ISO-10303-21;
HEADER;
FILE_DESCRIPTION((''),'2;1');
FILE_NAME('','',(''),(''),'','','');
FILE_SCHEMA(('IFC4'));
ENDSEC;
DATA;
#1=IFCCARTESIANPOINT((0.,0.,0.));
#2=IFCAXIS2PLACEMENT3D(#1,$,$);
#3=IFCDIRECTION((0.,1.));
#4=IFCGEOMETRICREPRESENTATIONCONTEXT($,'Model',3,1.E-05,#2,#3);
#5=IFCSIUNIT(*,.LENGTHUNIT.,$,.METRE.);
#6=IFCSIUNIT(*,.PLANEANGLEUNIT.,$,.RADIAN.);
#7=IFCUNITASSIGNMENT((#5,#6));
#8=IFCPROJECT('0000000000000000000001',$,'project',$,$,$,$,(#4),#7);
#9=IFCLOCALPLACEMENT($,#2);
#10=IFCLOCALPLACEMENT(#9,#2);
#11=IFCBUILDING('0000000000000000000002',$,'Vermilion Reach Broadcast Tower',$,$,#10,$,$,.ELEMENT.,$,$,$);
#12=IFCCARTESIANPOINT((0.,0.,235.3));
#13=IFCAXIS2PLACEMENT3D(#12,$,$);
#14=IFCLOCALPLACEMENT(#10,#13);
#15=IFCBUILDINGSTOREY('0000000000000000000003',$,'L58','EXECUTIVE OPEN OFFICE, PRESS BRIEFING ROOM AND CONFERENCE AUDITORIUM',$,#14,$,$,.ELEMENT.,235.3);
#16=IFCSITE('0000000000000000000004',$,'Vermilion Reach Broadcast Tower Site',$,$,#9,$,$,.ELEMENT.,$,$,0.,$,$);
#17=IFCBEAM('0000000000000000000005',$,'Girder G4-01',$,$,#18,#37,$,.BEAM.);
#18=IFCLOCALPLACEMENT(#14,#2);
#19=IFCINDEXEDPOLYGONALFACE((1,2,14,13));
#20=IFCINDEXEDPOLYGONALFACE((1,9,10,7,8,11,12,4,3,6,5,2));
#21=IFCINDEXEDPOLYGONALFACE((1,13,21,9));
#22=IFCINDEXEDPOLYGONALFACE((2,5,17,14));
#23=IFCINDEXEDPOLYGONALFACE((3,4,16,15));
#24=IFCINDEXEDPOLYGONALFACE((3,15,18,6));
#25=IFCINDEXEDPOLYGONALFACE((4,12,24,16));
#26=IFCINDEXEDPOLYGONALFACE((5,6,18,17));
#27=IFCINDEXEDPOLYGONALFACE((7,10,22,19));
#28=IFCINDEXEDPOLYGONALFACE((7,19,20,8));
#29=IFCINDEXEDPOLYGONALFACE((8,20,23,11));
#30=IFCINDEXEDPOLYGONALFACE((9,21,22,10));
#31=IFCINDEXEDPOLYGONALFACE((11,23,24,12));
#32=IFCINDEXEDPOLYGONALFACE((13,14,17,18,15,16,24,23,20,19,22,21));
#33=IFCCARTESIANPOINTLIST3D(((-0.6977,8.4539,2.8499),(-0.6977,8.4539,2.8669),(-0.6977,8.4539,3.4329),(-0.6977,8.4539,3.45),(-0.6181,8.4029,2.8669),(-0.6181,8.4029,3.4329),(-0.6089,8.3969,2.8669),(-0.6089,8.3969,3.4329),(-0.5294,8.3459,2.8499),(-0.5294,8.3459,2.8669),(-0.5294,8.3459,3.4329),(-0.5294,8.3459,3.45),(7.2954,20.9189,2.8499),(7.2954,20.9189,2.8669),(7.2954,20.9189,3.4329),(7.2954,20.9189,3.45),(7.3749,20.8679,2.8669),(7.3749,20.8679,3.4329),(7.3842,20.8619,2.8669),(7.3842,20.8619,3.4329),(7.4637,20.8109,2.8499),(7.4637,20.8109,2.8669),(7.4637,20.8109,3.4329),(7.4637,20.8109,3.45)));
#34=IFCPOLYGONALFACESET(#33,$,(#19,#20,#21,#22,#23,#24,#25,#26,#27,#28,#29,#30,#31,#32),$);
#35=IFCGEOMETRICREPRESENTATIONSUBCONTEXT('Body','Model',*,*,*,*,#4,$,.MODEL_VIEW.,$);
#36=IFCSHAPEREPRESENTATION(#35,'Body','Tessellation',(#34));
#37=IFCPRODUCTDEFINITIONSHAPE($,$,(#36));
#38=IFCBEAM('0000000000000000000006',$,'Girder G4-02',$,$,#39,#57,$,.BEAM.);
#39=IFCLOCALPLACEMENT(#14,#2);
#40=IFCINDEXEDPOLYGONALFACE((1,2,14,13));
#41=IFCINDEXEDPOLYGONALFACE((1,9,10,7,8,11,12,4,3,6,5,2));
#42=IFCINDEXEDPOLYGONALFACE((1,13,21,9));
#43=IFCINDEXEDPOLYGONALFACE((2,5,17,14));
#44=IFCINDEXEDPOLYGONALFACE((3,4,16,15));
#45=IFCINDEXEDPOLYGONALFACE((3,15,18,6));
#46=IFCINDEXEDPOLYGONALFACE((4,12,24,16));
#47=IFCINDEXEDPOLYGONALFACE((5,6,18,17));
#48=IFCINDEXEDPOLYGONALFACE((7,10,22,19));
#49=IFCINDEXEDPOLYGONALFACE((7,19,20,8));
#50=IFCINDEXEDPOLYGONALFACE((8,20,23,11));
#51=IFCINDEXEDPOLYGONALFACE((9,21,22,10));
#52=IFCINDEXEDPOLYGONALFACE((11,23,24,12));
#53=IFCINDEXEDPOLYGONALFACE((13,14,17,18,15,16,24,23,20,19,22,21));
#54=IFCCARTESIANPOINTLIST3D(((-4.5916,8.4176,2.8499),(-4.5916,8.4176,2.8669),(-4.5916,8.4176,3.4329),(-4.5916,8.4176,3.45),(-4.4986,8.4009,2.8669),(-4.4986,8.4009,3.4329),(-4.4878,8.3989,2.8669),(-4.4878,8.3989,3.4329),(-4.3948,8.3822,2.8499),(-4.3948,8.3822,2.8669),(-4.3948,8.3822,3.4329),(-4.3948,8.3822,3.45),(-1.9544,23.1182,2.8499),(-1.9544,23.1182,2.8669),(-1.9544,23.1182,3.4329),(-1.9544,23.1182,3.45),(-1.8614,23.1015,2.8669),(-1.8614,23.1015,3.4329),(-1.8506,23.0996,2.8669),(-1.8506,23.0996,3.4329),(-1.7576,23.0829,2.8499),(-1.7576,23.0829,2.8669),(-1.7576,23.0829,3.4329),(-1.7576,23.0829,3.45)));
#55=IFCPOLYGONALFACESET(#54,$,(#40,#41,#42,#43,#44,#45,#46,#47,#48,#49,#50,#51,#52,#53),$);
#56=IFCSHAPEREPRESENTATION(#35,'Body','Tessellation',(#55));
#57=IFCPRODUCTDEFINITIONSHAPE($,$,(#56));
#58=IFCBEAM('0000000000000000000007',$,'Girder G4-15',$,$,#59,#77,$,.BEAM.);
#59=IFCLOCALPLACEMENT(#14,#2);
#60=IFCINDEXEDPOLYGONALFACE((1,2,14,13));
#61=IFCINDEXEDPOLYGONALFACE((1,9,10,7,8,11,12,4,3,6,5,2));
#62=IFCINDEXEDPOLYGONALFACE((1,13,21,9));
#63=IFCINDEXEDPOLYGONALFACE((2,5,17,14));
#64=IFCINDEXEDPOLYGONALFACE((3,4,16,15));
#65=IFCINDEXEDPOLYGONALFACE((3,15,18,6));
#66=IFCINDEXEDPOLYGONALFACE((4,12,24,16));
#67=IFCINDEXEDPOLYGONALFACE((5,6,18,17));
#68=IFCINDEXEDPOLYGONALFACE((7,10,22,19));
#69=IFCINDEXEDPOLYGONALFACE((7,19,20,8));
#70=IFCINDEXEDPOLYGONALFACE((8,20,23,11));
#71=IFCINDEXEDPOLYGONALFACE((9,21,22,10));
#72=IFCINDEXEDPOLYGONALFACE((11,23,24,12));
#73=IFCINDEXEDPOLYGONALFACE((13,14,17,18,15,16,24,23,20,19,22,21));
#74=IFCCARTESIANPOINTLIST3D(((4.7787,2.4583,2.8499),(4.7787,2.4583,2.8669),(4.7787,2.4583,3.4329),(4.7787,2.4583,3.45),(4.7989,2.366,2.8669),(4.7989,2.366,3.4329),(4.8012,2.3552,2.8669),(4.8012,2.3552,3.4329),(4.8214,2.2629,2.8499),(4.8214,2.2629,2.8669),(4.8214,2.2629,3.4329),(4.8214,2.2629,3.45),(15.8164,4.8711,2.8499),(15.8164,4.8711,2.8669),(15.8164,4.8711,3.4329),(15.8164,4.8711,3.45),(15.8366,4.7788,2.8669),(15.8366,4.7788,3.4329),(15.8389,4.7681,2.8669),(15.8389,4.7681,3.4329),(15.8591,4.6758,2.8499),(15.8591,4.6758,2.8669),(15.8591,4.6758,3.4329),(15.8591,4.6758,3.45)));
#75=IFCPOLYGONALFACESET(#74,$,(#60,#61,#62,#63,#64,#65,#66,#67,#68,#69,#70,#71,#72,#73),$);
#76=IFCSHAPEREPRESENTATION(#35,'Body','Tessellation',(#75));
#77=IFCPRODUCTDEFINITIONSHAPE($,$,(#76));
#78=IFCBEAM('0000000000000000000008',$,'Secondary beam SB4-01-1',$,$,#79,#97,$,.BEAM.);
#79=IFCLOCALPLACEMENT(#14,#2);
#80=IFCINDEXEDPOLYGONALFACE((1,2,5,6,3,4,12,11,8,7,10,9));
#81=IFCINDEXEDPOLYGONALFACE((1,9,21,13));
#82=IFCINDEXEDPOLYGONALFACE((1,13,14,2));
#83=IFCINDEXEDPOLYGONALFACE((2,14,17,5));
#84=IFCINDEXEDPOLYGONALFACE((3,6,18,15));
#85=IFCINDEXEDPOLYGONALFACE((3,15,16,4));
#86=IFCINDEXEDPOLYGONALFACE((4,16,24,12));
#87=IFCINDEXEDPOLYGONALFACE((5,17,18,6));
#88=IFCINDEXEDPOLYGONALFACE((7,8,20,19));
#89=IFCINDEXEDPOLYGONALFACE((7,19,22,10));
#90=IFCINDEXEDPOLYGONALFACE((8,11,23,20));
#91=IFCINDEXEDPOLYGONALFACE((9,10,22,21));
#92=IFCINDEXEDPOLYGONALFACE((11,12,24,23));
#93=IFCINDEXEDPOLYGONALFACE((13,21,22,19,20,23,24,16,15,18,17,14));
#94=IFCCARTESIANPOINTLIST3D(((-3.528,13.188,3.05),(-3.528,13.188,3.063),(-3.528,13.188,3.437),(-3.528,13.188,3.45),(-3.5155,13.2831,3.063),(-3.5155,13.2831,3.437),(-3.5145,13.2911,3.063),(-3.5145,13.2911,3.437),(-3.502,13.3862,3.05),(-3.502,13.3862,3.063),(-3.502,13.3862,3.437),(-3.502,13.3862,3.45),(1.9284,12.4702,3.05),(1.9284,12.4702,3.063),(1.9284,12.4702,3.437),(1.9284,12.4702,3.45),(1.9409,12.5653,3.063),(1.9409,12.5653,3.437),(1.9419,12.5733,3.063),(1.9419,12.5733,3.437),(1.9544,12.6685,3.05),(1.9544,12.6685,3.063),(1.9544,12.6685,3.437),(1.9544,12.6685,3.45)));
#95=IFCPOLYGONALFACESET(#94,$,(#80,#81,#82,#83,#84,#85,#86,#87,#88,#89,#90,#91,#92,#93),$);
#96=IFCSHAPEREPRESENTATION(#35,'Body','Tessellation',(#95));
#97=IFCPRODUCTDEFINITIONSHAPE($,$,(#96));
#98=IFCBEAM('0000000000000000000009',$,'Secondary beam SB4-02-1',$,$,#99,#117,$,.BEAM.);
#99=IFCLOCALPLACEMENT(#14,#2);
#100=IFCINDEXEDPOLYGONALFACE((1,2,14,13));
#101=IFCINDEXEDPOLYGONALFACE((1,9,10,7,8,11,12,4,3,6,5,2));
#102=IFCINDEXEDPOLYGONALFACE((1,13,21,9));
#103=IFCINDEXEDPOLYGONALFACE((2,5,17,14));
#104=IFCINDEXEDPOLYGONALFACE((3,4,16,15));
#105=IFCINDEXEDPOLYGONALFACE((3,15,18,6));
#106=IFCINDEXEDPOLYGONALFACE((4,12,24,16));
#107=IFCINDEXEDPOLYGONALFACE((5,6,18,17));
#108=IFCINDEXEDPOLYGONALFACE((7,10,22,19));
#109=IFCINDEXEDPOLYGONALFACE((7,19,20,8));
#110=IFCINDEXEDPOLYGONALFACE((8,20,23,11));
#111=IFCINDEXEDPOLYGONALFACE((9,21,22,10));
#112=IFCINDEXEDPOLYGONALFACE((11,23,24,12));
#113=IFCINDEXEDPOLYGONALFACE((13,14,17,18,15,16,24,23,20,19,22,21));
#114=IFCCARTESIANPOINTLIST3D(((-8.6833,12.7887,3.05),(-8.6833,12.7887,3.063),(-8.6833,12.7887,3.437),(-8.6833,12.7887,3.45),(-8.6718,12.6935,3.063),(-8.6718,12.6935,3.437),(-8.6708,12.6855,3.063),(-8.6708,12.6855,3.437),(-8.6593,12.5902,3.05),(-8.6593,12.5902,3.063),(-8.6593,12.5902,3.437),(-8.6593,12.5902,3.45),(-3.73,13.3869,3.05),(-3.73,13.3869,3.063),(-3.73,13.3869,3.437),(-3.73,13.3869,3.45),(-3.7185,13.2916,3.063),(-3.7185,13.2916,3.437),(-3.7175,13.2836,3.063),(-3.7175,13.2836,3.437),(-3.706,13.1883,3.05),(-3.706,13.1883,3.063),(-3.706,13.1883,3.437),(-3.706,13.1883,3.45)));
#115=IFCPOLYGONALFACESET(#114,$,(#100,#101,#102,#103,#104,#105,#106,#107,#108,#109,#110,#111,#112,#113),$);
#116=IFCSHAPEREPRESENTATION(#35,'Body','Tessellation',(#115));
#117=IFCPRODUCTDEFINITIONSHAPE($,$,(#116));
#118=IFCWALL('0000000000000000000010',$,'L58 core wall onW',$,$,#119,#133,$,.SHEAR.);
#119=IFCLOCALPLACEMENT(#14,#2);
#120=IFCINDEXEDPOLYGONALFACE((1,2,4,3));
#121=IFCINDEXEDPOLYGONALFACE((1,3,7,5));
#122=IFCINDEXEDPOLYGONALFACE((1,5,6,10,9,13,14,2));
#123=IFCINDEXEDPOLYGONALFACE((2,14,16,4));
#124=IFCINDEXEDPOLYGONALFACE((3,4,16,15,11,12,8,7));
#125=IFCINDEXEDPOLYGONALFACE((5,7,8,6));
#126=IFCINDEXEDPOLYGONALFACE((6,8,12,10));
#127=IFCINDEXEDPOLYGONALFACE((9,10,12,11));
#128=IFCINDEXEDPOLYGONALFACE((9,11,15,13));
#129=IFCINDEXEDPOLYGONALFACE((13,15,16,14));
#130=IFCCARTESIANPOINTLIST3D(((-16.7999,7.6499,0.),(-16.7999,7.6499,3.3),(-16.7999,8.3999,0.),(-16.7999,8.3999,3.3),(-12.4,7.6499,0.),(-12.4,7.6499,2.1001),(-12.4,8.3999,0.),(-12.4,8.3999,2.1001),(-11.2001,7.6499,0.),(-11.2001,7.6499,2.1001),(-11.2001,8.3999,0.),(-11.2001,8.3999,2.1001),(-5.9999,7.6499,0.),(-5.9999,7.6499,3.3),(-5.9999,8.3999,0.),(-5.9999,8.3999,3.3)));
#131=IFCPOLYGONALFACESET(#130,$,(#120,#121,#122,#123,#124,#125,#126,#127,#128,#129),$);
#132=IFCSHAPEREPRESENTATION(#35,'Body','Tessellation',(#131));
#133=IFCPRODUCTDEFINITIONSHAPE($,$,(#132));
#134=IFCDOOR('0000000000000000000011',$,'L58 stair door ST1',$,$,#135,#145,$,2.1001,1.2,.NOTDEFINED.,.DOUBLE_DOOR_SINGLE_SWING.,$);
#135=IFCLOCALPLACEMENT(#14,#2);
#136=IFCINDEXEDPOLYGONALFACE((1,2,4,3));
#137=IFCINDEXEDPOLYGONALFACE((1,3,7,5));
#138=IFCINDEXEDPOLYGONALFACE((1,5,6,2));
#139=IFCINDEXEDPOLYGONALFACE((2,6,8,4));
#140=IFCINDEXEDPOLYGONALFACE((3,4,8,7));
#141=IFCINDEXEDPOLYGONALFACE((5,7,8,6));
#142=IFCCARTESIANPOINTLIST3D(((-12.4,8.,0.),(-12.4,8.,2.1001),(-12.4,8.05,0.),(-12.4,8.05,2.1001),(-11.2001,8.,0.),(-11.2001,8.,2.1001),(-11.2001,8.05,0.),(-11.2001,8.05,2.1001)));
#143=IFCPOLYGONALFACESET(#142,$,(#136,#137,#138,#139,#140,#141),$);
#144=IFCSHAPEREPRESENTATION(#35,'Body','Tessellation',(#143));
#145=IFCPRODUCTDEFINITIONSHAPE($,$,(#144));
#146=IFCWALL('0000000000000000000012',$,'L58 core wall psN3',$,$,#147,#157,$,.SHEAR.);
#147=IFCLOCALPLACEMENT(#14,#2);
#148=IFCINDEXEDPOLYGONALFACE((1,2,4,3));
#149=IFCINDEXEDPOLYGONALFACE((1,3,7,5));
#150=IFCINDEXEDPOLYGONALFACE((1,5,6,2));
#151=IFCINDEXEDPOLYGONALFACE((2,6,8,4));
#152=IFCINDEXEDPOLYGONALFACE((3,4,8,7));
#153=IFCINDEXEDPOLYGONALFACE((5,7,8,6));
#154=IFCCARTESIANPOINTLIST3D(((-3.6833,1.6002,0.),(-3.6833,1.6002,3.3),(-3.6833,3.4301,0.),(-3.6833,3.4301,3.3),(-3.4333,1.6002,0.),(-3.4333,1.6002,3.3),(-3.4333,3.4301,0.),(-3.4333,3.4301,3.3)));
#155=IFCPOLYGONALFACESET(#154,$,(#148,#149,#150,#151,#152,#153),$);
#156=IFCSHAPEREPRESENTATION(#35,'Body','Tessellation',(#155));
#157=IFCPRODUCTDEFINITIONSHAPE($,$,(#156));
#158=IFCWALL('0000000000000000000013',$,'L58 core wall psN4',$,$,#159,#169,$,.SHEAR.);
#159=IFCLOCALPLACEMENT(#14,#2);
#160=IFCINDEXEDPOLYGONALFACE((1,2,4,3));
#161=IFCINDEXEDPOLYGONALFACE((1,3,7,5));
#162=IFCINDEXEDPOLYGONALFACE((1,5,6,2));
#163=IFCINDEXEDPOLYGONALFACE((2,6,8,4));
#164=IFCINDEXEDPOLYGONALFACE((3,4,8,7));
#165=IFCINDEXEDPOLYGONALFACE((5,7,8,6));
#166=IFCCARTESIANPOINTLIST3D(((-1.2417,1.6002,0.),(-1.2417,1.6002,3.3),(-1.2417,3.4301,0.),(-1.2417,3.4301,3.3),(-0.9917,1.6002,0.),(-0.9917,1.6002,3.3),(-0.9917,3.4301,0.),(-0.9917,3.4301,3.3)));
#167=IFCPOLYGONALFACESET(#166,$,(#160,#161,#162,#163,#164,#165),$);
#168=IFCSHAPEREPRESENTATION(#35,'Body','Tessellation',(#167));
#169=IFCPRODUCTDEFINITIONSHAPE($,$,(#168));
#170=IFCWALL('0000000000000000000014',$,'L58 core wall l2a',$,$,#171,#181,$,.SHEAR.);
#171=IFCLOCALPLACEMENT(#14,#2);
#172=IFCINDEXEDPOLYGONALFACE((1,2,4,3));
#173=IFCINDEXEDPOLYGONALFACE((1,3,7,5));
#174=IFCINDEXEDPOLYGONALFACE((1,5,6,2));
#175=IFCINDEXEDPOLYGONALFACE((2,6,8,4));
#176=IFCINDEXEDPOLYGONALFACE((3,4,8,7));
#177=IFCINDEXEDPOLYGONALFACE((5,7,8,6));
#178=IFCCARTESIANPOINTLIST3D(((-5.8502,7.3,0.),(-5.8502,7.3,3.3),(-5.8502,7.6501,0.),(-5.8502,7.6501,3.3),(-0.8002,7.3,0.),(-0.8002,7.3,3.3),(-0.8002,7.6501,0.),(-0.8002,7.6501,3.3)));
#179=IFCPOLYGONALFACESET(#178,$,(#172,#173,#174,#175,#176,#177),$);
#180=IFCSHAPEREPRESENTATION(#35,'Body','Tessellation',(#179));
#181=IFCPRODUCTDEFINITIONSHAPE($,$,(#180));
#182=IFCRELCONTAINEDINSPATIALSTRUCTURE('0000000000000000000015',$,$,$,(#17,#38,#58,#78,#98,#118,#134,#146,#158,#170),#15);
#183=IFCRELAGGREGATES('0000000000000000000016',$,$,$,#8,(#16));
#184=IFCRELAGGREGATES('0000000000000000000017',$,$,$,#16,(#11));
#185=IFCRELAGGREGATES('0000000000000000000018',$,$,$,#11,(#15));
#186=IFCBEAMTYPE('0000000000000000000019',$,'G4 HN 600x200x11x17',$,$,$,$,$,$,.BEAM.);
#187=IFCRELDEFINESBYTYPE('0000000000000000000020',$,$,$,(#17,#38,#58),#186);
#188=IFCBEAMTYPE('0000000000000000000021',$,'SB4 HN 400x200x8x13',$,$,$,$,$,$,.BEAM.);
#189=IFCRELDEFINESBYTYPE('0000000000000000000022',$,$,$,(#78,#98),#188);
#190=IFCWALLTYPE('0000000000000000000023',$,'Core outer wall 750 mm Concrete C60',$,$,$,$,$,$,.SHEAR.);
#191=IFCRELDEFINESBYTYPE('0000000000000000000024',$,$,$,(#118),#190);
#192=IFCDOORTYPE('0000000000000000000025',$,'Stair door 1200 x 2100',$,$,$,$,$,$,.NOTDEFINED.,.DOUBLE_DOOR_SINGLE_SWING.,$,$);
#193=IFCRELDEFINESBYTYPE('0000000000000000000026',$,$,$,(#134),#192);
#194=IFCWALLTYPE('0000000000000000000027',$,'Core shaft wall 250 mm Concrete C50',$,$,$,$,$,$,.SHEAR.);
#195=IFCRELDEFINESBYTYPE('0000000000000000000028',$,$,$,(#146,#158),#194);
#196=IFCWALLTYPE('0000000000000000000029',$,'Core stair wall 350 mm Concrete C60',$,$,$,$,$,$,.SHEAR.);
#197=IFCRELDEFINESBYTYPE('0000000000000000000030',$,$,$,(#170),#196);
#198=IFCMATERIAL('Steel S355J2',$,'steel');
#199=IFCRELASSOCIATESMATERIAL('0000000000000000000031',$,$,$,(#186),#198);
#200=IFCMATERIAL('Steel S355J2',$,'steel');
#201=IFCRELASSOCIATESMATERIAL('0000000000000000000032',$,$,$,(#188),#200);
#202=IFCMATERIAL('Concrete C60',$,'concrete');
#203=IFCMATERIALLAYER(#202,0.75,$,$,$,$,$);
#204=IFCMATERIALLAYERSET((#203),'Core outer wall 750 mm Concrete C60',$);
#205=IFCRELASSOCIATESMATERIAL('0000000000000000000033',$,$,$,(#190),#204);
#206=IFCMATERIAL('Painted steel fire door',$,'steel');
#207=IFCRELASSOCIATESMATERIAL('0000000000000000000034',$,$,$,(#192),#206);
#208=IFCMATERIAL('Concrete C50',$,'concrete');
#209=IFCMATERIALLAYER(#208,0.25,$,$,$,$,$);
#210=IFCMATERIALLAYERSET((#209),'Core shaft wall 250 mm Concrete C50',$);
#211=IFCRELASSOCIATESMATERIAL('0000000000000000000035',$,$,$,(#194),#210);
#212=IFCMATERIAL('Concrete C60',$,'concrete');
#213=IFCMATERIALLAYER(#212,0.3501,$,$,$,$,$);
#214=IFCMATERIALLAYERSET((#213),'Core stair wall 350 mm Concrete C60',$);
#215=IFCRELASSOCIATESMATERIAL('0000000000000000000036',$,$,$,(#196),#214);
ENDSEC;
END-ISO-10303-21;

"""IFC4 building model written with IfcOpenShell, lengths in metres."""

from ifc_helpers import new_model, si_unit, direction, frame, frame_2d, origin, origin_2d, place, context, subcontext, project, spatial, rectangle, i_section, extrude, material, layer, layer_set, material_profile, profile_set, type_object, element, fill, save


model = new_model("IFC4")

# Units and contexts
model_context = context("Model", 3, precision=1e-05, world=origin(), true_north=direction((0.0, 1.0)))
body_context = subcontext(model_context, "Body", "Model", "MODEL_VIEW")
ifc_project = project(units=[si_unit("LENGTHUNIT", "METRE"), si_unit("PLANEANGLEUNIT", "RADIAN")], contexts=[model_context])

# Site, building, storey
site_placement = place(None, origin())
site = spatial("IfcSite", under=ifc_project, at=site_placement, Name="Vermilion Reach Broadcast Tower Site", CompositionType="ELEMENT", RefElevation=0.0)
building_placement = place(site_placement, origin())
building = spatial("IfcBuilding", under=site, at=building_placement, Name="Vermilion Reach Broadcast Tower", CompositionType="ELEMENT")
storey_placement = place(building_placement, frame((0.0, 0.0, 235.3)))
storey = spatial("IfcBuildingStorey", under=building, at=storey_placement, Name="L58", Description="EXECUTIVE OPEN OFFICE, PRESS BRIEFING ROOM AND CONFERENCE AUDITORIUM", CompositionType="ELEMENT", Elevation=235.3)

# Beams
ifc_material_1 = material(Name="Steel S355J2", Category="steel")
ifc_material_profile_1 = material_profile(ifc_material_1, i_section(OverallWidth=0.2, OverallDepth=0.6001, WebThickness=0.011, FlangeThickness=0.0171, at=origin_2d()), Name="S355J2 HN 600x200x11x17")
ifc_profile_set_1 = profile_set([ifc_material_profile_1], Name="Steel S355J2")
beam_type_1 = type_object("IfcBeamType", Name="G4 HN 600x200x11x17", PredefinedType="BEAM", material=ifc_profile_set_1)
beam_1_placement = place(storey_placement, frame((-0.6135, 8.3999, 3.1499), z_axis=(0.539796, 0.841796, 0.0), x_axis=(-0.841796, 0.539796, 0.0)))
element("IfcBeam", 1, at=beam_1_placement, inside=storey, type_object=beam_type_1, Name="Girder G4-01", PredefinedType="BEAM", context=body_context, shape_type="SweptSolid", body=[
    extrude(i_section(OverallWidth=0.2, OverallDepth=0.6001, WebThickness=0.011, FlangeThickness=0.0171, at=origin_2d()), origin(), (0.0, 0.0, 1.0), 14.8076),
])
beam_2_placement = place(storey_placement, frame((-4.4932, 8.3999, 3.1499), z_axis=(0.176575, 0.984287, 0.0), x_axis=(-0.984287, 0.176575, 0.0)))
element("IfcBeam", 2, at=beam_2_placement, inside=storey, type_object=beam_type_1, Name="Girder G4-02", PredefinedType="BEAM", context=body_context, shape_type="SweptSolid", body=[
    extrude(i_section(OverallWidth=0.2, OverallDepth=0.6001, WebThickness=0.011, FlangeThickness=0.0171, at=origin_2d()), origin(), (0.0, 0.0, 1.0), 14.9353),
])
beam_3_placement = place(storey_placement, frame((4.8, 2.3606, 3.1499), z_axis=(0.97693, 0.213559, 0.0), x_axis=(-0.213559, 0.97693, 0.0)))
element("IfcBeam", 3, at=beam_3_placement, inside=storey, type_object=beam_type_1, Name="Girder G4-15", PredefinedType="BEAM", context=body_context, shape_type="SweptSolid", body=[
    extrude(i_section(OverallWidth=0.2, OverallDepth=0.6001, WebThickness=0.011, FlangeThickness=0.0171, at=origin_2d()), origin(), (0.0, 0.0, 1.0), 11.2983),
])
ifc_material_2 = material(Name="Steel S355J2", Category="steel")
ifc_material_profile_2 = material_profile(ifc_material_2, i_section(OverallWidth=0.2, OverallDepth=0.3999, WebThickness=0.0081, FlangeThickness=0.0129, at=origin_2d()), Name="S355J2 HN 400x200x8x13")
ifc_profile_set_2 = profile_set([ifc_material_profile_2], Name="Steel S355J2")
beam_type_2 = type_object("IfcBeamType", Name="SB4 HN 400x200x8x13", PredefinedType="BEAM", material=ifc_profile_set_2)
beam_4_placement = place(storey_placement, frame((1.9414, 12.5693, 3.25), z_axis=(-0.991458, 0.130426, 0.0), x_axis=(-0.130426, -0.991458, 0.0)))
element("IfcBeam", 4, at=beam_4_placement, inside=storey, type_object=beam_type_2, Name="Secondary beam SB4-01-1", PredefinedType="BEAM", context=body_context, shape_type="SweptSolid", body=[
    extrude(i_section(OverallWidth=0.2, OverallDepth=0.3999, WebThickness=0.0081, FlangeThickness=0.0129, at=origin_2d()), origin(), (0.0, 0.0, 1.0), 5.5034),
])
beam_5_placement = place(storey_placement, frame((-3.718, 13.2876, 3.25), z_axis=(-0.992788, -0.119884, 0.0), x_axis=(0.119884, -0.992788, 0.0)))
element("IfcBeam", 5, at=beam_5_placement, inside=storey, type_object=beam_type_2, Name="Secondary beam SB4-02-1", PredefinedType="BEAM", context=body_context, shape_type="SweptSolid", body=[
    extrude(i_section(OverallWidth=0.2, OverallDepth=0.3999, WebThickness=0.0081, FlangeThickness=0.0129, at=origin_2d()), origin(), (0.0, 0.0, 1.0), 4.9893),
])

# Wall, opening, door
ifc_material_3 = material(Name="Concrete C60", Category="concrete")
ifc_layer_1 = layer(ifc_material_3, 0.75)
ifc_layer_set_1 = layer_set([ifc_layer_1], Name="Core outer wall 750 mm Concrete C60")
wall_type_1 = type_object("IfcWallType", Name="Core outer wall 750 mm Concrete C60", PredefinedType="SHEAR", material=ifc_layer_set_1)
wall_1_placement = place(storey_placement, frame((-6.0, 8.0249, 0.0), z_axis=(0.0, 0.0, 1.0), x_axis=(-1.0, 0.0, 0.0)))
wall_1 = element("IfcWall", 6, at=wall_1_placement, inside=storey, type_object=wall_type_1, Name="L58 core wall onW", PredefinedType="SHEAR", context=body_context, shape_type="SweptSolid", body=[
    extrude(rectangle(XDim=10.8, YDim=0.75, at=frame_2d((5.3999, 0.0))), origin(), (0.0, 0.0, 1.0), 3.3),
])
opening_placement = place(wall_1_placement, frame((5.2, 0.0, 0.0)))
opening = element("IfcOpeningElement", 7, at=opening_placement, cuts=wall_1, PredefinedType="OPENING", context=body_context, shape_type="SweptSolid", body=[
    extrude(rectangle(XDim=1.2, YDim=2.1001, at=frame_2d((0.6001, 1.05))), frame((0.0, 0.385, 0.0), z_axis=(0.0, -1.0, 0.0), x_axis=(1.0, 0.0, 0.0)), (0.0, 0.0, 1.0), 0.77),
])
ifc_material_4 = material(Name="Painted steel fire door", Category="steel")
door_type = type_object("IfcDoorType", Name="Stair door 1200 x 2100", OperationType="DOUBLE_DOOR_SINGLE_SWING", PredefinedType="NOTDEFINED", material=ifc_material_4)
door_placement = place(opening_placement, origin())
door = element("IfcDoor", 8, at=door_placement, inside=storey, type_object=door_type, Name="L58 stair door ST1", OperationType="DOUBLE_DOOR_SINGLE_SWING", OverallHeight=2.1001, OverallWidth=1.2, PredefinedType="NOTDEFINED", context=body_context, shape_type="SweptSolid", body=[
    extrude(rectangle(XDim=1.2, YDim=2.1001, at=frame_2d((0.6001, 1.05))), frame((0.0, 0.0249, 0.0), z_axis=(0.0, -1.0, 0.0), x_axis=(1.0, 0.0, 0.0)), (0.0, 0.0, 1.0), 0.05),
])
fill(opening, door)

# Walls
ifc_material_5 = material(Name="Concrete C50", Category="concrete")
ifc_layer_2 = layer(ifc_material_5, 0.25)
ifc_layer_set_2 = layer_set([ifc_layer_2], Name="Core shaft wall 250 mm Concrete C50")
wall_type_2 = type_object("IfcWallType", Name="Core shaft wall 250 mm Concrete C50", PredefinedType="SHEAR", material=ifc_layer_set_2)
for number, where, z_axis, x_axis, name in (
    (9, (-3.5583, 1.6001, 0.0), (0.0, 0.0, 1.0), (0.0, 1.0, 0.0), "L58 core wall psN3"),
    (10, (-1.1167, 1.6001, 0.0), (0.0, 0.0, 1.0), (0.0, 1.0, 0.0), "L58 core wall psN4"),
):
    element("IfcWall", number, at=place(storey_placement, frame(where, z_axis=z_axis, x_axis=x_axis)), inside=storey, type_object=wall_type_2, Name=name, PredefinedType="SHEAR", context=body_context, shape_type="SweptSolid", body=[
        extrude(rectangle(XDim=1.8298, YDim=0.25, at=frame_2d((0.915, 0.0))), origin(), (0.0, 0.0, 1.0), 3.3),
    ])
ifc_material_6 = material(Name="Concrete C60", Category="concrete")
ifc_layer_3 = layer(ifc_material_6, 0.3501)
ifc_layer_set_3 = layer_set([ifc_layer_3], Name="Core stair wall 350 mm Concrete C60")
wall_type_3 = type_object("IfcWallType", Name="Core stair wall 350 mm Concrete C60", PredefinedType="SHEAR", material=ifc_layer_set_3)
wall_2_placement = place(storey_placement, frame((-5.8501, 7.4751, 0.0), z_axis=(0.0, 0.0, 1.0), x_axis=(1.0, 0.0, 0.0)))
element("IfcWall", 11, at=wall_2_placement, inside=storey, type_object=wall_type_3, Name="L58 core wall l2a", PredefinedType="SHEAR", context=body_context, shape_type="SweptSolid", body=[
    extrude(rectangle(XDim=5.05, YDim=0.3501, at=frame_2d((2.5249, 0.0))), origin(), (0.0, 0.0, 1.0), 3.3),
])

save(model, "model.ifc")
